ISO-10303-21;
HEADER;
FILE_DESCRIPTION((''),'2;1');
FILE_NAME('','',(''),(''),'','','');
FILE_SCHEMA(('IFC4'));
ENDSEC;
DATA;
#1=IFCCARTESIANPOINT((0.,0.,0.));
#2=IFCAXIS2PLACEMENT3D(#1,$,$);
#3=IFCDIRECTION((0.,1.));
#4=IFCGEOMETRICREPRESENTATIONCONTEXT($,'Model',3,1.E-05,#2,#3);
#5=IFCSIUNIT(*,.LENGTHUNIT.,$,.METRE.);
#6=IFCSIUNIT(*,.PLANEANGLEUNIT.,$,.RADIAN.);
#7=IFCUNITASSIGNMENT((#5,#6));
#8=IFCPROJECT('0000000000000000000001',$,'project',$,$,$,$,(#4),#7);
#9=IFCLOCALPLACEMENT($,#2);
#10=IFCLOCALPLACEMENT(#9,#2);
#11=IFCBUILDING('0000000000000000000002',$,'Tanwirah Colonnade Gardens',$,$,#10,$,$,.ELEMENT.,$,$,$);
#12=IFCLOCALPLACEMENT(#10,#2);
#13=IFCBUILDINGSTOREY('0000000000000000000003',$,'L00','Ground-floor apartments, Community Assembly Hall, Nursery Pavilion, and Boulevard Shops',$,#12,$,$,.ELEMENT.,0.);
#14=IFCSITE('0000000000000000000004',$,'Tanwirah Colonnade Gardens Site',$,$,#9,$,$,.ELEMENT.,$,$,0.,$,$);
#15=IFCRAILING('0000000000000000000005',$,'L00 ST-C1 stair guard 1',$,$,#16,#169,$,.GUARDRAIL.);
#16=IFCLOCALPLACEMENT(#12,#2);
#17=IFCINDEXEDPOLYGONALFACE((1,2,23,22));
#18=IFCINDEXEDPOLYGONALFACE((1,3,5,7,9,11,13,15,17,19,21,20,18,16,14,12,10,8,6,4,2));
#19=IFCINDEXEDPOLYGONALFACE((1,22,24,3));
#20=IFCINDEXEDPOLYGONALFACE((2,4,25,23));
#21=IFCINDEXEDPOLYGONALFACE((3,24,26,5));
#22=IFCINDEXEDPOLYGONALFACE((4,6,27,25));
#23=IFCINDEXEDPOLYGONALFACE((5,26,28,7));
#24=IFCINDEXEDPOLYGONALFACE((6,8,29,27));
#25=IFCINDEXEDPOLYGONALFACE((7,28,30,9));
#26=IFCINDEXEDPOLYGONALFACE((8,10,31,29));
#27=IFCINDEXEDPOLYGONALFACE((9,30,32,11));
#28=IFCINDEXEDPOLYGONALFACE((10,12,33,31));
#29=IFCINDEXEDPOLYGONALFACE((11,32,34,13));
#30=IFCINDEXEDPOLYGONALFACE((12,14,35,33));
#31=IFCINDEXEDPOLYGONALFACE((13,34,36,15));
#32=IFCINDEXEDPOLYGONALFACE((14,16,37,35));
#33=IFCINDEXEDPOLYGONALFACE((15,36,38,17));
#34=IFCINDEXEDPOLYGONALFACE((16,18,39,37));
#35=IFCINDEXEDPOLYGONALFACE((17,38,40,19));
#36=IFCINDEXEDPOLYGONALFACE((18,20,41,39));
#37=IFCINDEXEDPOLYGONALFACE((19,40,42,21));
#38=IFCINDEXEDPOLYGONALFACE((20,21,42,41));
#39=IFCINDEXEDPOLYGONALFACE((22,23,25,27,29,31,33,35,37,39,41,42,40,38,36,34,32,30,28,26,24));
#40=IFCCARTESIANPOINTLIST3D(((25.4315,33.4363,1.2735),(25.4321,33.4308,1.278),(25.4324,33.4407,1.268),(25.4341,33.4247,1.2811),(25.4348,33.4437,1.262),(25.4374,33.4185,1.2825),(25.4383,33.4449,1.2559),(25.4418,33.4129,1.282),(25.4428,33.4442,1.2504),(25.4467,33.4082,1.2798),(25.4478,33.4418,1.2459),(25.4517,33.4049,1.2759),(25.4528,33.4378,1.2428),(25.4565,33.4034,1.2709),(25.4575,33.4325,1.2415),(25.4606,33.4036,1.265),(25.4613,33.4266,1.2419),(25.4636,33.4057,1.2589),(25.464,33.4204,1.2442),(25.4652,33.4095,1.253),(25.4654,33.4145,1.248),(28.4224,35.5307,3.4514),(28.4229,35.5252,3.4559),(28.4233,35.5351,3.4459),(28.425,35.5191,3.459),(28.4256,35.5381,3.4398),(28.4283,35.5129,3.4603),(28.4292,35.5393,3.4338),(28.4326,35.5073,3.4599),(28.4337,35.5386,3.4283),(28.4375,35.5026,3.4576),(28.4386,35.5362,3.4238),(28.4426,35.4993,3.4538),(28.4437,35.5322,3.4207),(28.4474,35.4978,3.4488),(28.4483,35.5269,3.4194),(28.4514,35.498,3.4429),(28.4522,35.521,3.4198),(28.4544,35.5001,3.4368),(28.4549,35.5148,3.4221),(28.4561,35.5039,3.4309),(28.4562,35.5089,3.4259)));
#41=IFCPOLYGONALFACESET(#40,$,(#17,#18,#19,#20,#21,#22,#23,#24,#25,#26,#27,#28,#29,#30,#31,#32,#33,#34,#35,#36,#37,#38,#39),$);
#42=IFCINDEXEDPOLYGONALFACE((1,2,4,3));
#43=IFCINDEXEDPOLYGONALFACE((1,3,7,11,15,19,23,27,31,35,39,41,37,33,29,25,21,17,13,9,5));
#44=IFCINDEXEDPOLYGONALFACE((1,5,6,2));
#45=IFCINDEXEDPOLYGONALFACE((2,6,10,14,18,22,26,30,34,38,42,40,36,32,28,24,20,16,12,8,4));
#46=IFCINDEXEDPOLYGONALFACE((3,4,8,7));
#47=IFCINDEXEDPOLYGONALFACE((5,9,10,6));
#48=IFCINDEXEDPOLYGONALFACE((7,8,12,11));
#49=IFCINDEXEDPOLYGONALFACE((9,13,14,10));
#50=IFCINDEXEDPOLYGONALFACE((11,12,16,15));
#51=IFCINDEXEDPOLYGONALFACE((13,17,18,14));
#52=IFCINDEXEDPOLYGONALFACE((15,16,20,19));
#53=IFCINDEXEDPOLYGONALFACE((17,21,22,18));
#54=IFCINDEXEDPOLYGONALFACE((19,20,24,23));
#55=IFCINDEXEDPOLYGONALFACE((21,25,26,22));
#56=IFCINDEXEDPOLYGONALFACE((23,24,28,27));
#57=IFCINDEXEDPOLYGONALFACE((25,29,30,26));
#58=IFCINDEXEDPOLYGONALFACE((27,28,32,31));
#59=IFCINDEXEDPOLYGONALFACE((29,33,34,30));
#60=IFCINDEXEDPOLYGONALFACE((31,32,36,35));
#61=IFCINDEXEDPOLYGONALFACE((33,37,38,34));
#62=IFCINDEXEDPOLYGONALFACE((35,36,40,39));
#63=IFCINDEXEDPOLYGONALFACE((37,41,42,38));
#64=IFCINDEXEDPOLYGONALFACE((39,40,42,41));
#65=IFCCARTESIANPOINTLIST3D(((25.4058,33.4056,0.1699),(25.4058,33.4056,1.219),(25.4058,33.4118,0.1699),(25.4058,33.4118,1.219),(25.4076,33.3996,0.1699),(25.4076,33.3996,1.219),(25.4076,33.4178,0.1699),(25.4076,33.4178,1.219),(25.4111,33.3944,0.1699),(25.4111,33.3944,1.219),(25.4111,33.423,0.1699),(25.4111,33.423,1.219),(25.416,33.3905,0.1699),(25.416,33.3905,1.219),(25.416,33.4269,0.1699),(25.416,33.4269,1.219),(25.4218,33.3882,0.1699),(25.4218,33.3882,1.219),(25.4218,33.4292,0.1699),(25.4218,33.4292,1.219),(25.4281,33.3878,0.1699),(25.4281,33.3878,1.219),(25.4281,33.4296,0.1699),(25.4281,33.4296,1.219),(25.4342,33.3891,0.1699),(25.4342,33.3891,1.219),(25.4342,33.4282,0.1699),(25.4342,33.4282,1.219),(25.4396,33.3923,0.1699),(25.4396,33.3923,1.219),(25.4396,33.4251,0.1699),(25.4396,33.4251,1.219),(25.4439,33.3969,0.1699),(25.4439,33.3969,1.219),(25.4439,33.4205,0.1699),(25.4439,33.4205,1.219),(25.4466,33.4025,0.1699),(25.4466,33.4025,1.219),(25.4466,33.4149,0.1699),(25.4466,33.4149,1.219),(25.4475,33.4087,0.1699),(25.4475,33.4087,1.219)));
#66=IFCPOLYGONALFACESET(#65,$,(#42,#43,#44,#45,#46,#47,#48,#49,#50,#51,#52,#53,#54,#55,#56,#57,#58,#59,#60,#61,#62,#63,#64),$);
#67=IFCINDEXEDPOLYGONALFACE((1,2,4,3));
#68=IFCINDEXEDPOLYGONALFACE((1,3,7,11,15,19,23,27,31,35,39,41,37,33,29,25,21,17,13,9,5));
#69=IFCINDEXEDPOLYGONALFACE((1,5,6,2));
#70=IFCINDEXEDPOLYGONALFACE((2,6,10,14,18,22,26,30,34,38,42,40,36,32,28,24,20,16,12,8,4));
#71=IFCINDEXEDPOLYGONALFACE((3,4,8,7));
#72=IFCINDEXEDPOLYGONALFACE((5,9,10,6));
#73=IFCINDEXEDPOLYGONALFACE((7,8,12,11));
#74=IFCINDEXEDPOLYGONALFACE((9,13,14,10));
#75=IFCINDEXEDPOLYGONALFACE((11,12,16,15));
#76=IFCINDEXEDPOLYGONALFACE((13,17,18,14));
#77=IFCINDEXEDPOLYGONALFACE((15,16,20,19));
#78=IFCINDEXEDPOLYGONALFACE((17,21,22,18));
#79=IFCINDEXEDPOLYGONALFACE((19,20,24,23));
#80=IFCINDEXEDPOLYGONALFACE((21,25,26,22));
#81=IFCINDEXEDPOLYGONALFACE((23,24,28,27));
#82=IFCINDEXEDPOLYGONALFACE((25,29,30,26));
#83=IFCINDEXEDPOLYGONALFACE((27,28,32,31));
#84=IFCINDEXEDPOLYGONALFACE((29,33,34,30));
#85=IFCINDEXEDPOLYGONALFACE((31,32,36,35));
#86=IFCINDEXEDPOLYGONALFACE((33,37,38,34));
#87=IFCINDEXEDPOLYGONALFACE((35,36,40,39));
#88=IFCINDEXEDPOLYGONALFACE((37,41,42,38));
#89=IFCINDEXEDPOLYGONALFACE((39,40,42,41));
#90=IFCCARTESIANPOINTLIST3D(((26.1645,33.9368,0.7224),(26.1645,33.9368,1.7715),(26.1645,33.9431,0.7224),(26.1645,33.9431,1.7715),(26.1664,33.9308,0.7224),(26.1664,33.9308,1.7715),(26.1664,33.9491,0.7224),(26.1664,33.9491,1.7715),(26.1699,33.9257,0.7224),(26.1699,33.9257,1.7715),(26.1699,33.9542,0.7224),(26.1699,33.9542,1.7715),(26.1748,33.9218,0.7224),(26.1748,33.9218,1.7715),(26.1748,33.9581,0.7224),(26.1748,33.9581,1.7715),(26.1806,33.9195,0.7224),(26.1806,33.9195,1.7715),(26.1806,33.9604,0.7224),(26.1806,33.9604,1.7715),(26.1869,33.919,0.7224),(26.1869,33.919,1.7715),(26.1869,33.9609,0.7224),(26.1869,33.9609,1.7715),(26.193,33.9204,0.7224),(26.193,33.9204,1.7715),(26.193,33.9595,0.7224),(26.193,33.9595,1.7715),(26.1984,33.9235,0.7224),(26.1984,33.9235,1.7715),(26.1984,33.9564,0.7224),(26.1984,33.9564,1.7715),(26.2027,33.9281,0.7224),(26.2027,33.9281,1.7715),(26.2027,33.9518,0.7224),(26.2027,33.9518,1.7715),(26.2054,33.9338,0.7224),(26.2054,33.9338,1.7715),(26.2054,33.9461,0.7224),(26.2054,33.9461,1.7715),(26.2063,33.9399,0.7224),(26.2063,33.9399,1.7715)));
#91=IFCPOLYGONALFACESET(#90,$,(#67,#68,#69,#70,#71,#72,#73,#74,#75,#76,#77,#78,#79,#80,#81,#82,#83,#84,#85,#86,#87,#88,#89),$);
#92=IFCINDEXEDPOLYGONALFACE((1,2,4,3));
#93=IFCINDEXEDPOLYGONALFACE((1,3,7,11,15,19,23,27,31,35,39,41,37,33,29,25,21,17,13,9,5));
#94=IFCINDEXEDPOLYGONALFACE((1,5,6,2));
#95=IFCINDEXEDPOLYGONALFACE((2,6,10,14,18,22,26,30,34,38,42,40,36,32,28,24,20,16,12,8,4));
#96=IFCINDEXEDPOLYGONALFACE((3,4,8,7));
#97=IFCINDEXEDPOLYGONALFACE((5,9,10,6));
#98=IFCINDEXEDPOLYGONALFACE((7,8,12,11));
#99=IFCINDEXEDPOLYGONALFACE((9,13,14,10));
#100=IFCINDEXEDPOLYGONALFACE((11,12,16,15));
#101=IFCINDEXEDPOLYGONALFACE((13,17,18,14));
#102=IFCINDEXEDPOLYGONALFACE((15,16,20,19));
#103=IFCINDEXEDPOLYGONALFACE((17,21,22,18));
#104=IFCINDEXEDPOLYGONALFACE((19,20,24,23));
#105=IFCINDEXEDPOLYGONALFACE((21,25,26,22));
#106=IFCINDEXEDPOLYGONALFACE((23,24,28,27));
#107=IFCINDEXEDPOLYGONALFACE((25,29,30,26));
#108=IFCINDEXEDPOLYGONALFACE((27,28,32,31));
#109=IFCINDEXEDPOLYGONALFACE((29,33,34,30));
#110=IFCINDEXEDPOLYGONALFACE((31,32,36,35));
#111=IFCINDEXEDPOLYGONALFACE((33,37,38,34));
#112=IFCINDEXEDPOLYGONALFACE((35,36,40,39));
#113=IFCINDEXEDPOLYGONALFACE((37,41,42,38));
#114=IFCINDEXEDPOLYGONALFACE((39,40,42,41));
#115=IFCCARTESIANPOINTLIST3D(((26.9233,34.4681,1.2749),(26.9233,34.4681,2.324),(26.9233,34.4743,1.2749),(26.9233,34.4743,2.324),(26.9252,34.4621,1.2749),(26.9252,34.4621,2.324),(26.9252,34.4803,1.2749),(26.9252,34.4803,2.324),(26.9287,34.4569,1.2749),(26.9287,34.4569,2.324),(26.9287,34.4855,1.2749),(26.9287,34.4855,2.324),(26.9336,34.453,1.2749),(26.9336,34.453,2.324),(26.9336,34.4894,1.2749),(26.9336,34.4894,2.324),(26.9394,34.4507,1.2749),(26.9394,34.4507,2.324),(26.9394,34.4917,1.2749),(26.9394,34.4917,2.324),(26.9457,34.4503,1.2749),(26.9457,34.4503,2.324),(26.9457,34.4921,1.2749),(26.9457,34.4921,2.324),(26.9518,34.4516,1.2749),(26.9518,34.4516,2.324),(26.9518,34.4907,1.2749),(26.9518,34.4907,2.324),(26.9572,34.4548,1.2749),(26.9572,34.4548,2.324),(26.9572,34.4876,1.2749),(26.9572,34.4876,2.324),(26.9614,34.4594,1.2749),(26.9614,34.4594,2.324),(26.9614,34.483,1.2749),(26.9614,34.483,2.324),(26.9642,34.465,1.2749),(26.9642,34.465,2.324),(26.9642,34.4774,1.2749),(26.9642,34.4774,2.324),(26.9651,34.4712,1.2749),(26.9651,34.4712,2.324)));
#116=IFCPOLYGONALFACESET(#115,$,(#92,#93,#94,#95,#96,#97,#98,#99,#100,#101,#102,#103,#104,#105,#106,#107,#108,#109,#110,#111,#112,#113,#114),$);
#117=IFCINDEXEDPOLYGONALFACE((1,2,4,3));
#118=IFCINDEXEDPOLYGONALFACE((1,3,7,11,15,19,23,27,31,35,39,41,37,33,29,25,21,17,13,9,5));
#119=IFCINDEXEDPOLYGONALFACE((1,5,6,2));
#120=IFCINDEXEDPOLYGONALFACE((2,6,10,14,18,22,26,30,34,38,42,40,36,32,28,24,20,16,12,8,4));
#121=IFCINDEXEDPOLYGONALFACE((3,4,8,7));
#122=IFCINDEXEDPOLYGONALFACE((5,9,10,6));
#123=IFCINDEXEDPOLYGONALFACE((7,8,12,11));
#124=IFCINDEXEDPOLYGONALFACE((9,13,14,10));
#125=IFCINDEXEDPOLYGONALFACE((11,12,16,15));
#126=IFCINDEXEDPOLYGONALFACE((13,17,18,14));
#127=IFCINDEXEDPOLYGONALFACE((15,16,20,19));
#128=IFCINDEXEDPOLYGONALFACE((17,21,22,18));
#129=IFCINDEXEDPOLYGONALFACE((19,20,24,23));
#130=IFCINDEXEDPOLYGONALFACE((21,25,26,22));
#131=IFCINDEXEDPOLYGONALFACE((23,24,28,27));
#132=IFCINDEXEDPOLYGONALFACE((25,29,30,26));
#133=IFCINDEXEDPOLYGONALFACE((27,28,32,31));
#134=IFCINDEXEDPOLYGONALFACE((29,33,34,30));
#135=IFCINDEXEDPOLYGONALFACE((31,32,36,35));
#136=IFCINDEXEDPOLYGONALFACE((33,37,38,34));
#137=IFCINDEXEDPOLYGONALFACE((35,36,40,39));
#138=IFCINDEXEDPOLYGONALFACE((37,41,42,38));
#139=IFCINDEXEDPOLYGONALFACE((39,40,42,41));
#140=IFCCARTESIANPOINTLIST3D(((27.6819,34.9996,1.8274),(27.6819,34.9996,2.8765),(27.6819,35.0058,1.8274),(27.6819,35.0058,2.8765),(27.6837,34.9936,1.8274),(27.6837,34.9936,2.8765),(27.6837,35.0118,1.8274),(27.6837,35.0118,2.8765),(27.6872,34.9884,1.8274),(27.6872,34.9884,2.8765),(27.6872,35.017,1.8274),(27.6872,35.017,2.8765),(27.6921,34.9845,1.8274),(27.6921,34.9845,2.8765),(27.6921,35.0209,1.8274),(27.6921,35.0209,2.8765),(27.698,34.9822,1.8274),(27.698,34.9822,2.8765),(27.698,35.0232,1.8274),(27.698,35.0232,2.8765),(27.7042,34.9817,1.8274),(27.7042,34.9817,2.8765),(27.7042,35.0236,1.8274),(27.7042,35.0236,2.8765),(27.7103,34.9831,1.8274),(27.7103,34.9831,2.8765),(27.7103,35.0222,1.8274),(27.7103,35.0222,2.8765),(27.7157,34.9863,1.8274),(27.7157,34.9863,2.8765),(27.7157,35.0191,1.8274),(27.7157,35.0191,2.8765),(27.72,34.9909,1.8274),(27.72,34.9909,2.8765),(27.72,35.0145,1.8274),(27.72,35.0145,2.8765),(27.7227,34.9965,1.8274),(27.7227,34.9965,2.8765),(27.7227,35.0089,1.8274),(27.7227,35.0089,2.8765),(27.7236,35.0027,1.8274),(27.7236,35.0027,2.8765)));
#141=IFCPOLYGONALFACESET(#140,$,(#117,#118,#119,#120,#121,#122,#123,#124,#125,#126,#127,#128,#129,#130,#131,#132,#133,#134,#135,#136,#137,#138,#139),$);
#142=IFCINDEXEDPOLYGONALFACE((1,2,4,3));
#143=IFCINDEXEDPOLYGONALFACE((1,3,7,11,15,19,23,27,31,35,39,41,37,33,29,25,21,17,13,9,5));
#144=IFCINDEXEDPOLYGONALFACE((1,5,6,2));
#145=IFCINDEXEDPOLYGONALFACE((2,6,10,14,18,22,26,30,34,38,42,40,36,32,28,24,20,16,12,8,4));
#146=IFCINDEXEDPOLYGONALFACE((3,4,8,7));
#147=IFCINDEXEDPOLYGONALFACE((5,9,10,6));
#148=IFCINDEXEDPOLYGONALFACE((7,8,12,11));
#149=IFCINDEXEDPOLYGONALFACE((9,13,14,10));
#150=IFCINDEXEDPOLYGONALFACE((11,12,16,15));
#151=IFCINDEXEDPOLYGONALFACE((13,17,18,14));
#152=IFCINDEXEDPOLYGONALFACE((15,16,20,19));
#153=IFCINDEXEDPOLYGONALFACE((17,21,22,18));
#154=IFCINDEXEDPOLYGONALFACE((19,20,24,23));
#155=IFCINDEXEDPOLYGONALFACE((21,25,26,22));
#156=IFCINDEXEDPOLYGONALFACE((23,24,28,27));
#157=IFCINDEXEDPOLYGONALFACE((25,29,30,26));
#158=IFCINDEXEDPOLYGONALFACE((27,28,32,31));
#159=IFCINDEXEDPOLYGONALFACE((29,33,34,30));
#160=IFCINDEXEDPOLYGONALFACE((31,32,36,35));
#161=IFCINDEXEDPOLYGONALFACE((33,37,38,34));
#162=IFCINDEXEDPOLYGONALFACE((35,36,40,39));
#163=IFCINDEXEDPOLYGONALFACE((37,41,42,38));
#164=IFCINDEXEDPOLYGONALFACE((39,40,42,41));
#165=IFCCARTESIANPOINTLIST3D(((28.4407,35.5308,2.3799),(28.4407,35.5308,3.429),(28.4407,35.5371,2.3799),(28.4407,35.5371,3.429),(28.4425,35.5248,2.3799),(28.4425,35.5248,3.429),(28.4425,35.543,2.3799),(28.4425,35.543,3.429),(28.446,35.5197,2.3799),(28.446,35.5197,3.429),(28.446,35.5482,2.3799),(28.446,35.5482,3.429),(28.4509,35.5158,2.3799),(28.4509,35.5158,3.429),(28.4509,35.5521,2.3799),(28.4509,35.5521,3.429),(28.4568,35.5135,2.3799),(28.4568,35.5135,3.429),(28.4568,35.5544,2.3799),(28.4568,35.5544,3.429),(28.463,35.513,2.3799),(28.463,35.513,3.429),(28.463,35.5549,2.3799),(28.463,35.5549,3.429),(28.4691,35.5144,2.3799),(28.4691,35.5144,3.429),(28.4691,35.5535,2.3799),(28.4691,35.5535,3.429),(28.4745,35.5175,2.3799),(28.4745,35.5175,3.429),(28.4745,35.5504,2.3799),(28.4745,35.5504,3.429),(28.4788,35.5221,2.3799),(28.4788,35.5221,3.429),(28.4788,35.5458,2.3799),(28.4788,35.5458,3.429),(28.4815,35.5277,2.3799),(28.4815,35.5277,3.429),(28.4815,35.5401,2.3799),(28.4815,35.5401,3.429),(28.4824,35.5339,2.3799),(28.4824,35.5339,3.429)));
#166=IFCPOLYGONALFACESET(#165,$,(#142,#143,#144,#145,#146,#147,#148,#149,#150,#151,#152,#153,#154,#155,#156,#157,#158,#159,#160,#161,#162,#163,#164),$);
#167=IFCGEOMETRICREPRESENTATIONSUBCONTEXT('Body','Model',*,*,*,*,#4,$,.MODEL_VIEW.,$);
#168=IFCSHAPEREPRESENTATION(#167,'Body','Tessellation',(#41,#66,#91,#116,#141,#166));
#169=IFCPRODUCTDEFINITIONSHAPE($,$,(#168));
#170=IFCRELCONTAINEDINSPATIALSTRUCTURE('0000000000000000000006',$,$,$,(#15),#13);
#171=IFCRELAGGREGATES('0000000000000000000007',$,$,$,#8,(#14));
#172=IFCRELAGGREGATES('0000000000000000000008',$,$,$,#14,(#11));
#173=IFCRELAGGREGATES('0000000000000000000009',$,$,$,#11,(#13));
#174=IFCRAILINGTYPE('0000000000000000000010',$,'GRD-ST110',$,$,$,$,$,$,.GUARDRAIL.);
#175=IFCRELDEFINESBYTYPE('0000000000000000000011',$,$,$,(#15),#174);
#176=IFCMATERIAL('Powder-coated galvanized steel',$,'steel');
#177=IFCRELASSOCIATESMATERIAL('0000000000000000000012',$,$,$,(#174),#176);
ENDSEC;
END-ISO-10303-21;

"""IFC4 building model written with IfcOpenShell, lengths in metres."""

from ifc_helpers import new_model, si_unit, direction, frame, origin, origin_2d, place, context, subcontext, project, spatial, circle, extrude, material, type_object, element, save


model = new_model("IFC4")

# Units and contexts
model_context = context("Model", 3, precision=1e-05, world=origin(), true_north=direction((0.0, 1.0)))
body_context = subcontext(model_context, "Body", "Model", "MODEL_VIEW")
ifc_project = project(units=[si_unit("LENGTHUNIT", "METRE"), si_unit("PLANEANGLEUNIT", "RADIAN")], contexts=[model_context])

# Site, building, storey
site_placement = place(None, origin())
site = spatial("IfcSite", under=ifc_project, at=site_placement, Name="Tanwirah Colonnade Gardens Site", CompositionType="ELEMENT", RefElevation=0.0)
building_placement = place(site_placement, origin())
building = spatial("IfcBuilding", under=site, at=building_placement, Name="Tanwirah Colonnade Gardens", CompositionType="ELEMENT")
storey_placement = place(building_placement, origin())
storey = spatial("IfcBuildingStorey", under=building, at=storey_placement, Name="L00", Description="Ground-floor apartments, Community Assembly Hall, Nursery Pavilion, and Boulevard Shops", CompositionType="ELEMENT", Elevation=0.0)

# Railing
ifc_material_1 = material(Name="Powder-coated galvanized steel", Category="steel")
railing_type_1 = type_object("IfcRailingType", Name="GRD-ST110", PredefinedType="GUARDRAIL", material=ifc_material_1)
railing_1_placement = place(storey_placement, frame((25.4265, 33.4087, 0.1699)))
element("IfcRailing", 1, at=railing_1_placement, inside=storey, type_object=railing_type_1, Name="L00 ST-C1 stair guard 1", PredefinedType="GUARDRAIL", context=body_context, shape_type="SweptSolid", body=[
    extrude(circle(Radius=0.0239, at=origin_2d()), frame((0.022, 0.0154, 1.092), z_axis=(0.70349, 0.49263, 0.512267), x_axis=(-0.573608, 0.81913, 0.0)), (0.0, 0.0, 1.0), 4.2515),
    extrude(circle(Radius=0.021, at=origin_2d()), origin(), (0.0, 0.0, 1.0), 1.0491),
    extrude(circle(Radius=0.021, at=origin_2d()), frame((0.7588, 0.5312, 0.5525)), (0.0, 0.0, 1.0), 1.0491),
    extrude(circle(Radius=0.021, at=origin_2d()), frame((1.5176, 1.0625, 1.105)), (0.0, 0.0, 1.0), 1.0491),
    extrude(circle(Radius=0.021, at=origin_2d()), frame((2.2761, 1.594, 1.6575)), (0.0, 0.0, 1.0), 1.0491),
    extrude(circle(Radius=0.021, at=origin_2d()), frame((3.0349, 2.1252, 2.21)), (0.0, 0.0, 1.0), 1.0491),
])

save(model, "model.ifc")
